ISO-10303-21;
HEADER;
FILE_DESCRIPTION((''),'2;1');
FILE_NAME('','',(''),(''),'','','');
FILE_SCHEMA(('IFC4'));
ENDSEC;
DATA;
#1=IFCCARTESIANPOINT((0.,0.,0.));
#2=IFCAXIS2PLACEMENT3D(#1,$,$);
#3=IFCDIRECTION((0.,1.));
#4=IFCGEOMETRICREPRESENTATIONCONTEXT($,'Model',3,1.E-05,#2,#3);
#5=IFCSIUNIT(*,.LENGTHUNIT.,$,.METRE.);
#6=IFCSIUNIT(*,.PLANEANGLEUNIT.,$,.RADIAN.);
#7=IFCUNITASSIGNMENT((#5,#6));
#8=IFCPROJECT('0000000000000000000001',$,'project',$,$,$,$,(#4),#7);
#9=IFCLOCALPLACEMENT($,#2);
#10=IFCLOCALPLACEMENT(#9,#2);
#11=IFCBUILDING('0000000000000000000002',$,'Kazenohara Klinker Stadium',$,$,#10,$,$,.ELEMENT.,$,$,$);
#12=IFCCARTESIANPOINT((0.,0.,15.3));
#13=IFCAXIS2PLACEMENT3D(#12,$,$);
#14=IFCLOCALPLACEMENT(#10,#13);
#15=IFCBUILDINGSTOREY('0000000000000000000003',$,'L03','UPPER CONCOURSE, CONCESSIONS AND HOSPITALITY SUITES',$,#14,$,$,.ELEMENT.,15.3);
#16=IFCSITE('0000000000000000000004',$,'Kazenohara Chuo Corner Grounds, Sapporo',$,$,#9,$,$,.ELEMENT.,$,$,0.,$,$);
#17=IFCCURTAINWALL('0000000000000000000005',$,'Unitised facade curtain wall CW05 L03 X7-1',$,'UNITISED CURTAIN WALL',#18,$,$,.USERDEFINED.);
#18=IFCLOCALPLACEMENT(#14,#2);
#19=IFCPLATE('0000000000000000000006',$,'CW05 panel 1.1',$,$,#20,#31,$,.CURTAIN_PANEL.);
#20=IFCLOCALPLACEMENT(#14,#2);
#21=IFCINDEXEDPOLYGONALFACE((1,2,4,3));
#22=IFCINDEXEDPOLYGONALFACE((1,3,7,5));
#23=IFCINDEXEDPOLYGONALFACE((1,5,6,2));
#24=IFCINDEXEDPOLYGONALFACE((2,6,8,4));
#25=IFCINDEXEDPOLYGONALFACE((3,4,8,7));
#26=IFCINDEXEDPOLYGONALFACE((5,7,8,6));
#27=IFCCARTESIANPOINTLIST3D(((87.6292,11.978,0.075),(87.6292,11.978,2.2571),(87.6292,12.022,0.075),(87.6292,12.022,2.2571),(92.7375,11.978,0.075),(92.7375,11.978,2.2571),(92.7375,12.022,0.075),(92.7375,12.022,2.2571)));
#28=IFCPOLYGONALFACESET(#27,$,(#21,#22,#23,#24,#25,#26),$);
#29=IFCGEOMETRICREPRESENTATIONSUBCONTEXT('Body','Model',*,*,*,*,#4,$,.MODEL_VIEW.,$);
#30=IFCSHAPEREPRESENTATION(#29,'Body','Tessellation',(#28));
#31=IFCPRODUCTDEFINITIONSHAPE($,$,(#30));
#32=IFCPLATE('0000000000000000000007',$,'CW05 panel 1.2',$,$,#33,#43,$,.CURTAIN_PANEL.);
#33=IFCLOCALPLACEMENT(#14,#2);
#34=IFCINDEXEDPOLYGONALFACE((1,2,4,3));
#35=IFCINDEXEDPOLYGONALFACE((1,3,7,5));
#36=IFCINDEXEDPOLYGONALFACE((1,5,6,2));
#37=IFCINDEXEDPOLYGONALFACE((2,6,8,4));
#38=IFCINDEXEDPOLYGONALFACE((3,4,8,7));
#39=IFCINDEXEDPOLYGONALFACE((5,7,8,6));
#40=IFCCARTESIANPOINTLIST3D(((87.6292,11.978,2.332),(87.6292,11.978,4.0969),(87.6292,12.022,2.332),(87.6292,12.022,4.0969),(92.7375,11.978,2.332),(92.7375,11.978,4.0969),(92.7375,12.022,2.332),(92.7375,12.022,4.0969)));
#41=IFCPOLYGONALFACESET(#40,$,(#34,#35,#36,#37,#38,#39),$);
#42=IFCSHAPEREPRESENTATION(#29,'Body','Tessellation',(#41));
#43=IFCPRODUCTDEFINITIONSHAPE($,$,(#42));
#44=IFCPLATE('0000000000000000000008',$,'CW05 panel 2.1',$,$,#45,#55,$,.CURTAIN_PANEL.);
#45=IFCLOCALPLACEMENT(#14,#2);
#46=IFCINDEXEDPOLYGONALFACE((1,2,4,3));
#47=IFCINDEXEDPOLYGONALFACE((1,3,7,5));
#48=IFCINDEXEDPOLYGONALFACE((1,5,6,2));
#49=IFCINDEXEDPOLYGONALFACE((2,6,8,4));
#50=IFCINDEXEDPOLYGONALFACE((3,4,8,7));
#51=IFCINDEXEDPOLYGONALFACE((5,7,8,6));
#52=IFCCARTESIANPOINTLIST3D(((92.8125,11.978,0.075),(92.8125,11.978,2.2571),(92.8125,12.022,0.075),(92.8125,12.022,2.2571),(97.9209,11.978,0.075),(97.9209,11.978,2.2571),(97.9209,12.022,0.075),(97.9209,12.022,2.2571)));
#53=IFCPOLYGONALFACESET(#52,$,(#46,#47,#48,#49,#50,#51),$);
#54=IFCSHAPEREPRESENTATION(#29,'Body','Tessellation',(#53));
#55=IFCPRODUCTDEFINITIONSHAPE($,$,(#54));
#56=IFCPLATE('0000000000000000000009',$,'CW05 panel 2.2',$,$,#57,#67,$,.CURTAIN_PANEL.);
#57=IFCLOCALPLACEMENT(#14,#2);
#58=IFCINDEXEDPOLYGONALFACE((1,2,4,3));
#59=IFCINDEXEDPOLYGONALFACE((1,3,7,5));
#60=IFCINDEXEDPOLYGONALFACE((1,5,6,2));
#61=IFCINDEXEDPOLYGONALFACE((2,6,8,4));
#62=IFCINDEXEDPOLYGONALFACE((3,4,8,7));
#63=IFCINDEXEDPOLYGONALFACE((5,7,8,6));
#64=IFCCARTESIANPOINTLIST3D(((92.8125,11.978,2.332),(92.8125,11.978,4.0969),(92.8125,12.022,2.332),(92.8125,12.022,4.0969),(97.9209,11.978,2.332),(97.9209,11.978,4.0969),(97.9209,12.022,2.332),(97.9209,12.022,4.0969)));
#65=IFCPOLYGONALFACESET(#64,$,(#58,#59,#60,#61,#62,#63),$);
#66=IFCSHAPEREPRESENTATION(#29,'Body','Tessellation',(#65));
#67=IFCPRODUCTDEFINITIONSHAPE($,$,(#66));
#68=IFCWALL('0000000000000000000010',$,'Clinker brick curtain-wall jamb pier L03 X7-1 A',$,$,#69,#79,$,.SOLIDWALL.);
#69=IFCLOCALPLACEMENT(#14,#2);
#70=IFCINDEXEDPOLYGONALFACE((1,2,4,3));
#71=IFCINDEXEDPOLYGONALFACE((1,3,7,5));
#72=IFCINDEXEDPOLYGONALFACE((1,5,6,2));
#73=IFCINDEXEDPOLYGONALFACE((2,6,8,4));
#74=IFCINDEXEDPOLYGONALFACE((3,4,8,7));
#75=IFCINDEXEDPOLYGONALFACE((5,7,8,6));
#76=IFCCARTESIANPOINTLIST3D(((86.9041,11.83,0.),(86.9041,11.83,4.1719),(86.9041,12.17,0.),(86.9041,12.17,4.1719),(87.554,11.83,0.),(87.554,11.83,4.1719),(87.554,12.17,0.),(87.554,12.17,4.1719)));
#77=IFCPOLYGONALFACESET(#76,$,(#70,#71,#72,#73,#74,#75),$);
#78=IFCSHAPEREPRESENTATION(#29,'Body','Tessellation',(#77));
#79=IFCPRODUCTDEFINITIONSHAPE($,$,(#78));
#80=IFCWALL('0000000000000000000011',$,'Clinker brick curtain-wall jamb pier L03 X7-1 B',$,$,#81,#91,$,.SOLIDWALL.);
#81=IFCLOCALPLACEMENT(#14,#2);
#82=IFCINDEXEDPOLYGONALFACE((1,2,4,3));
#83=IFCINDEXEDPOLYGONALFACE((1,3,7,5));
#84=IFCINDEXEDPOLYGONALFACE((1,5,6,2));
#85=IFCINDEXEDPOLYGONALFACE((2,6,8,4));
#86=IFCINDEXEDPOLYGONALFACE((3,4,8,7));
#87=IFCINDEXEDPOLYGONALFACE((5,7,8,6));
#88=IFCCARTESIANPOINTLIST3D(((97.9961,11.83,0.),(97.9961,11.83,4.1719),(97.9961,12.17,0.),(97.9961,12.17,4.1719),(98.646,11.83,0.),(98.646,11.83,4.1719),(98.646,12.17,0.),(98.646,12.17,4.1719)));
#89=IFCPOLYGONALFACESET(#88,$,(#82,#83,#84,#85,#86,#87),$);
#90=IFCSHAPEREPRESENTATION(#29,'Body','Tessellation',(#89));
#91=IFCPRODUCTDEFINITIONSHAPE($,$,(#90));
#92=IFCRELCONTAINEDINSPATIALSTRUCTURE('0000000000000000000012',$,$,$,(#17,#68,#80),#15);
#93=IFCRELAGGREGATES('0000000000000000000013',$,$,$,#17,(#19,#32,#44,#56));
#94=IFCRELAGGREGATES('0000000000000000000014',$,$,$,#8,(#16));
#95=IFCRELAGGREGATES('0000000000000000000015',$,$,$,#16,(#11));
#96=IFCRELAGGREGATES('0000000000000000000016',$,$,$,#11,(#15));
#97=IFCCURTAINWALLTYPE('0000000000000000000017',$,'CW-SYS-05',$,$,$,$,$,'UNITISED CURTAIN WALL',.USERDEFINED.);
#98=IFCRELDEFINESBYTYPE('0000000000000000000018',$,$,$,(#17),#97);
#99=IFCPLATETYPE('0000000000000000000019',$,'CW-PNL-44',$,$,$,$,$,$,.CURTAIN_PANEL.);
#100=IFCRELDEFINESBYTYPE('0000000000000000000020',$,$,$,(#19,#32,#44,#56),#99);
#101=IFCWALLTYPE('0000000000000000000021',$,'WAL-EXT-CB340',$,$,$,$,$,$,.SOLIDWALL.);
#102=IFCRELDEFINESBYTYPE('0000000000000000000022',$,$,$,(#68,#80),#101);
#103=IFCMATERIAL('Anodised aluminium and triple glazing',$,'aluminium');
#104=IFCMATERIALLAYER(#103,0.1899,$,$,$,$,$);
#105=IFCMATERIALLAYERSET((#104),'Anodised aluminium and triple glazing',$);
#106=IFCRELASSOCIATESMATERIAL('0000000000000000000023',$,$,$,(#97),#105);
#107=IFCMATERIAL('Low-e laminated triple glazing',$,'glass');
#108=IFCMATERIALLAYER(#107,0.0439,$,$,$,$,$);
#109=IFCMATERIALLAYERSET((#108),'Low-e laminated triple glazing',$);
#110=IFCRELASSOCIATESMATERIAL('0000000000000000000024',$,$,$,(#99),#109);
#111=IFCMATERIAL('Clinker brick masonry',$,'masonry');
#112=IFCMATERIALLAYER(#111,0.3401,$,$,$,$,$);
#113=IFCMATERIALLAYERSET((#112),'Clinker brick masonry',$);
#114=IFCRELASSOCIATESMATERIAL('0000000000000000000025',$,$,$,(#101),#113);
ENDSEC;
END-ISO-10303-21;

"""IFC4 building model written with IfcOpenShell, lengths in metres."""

from ifc_helpers import new_model, si_unit, direction, frame, frame_2d, origin, origin_2d, place, context, subcontext, project, spatial, rectangle, extrude, material, layer, layer_set, type_object, element, aggregate, save


model = new_model("IFC4")

# Units and contexts
model_context = context("Model", 3, precision=1e-05, world=origin(), true_north=direction((0.0, 1.0)))
body_context = subcontext(model_context, "Body", "Model", "MODEL_VIEW")
ifc_project = project(units=[si_unit("LENGTHUNIT", "METRE"), si_unit("PLANEANGLEUNIT", "RADIAN")], contexts=[model_context])

# Site, building, storey
site_placement = place(None, origin())
site = spatial("IfcSite", under=ifc_project, at=site_placement, Name="Kazenohara Chuo Corner Grounds, Sapporo", CompositionType="ELEMENT", RefElevation=0.0)
building_placement = place(site_placement, origin())
building = spatial("IfcBuilding", under=site, at=building_placement, Name="Kazenohara Klinker Stadium", CompositionType="ELEMENT")
storey_placement = place(building_placement, frame((0.0, 0.0, 15.3)))
storey = spatial("IfcBuildingStorey", under=building, at=storey_placement, Name="L03", Description="UPPER CONCOURSE, CONCESSIONS AND HOSPITALITY SUITES", CompositionType="ELEMENT", Elevation=15.3)

# Curtain wall, plates
ifc_material_1 = material(Name="Anodised aluminium and triple glazing", Category="aluminium")
ifc_layer_1 = layer(ifc_material_1, 0.1899)
ifc_layer_set_1 = layer_set([ifc_layer_1], Name="Anodised aluminium and triple glazing")
curtain_wall_type = type_object("IfcCurtainWallType", Name="CW-SYS-05", ElementType="UNITISED CURTAIN WALL", PredefinedType="USERDEFINED", material=ifc_layer_set_1)
curtain_wall_placement = place(storey_placement, origin())
curtain_wall = element("IfcCurtainWall", 1, at=curtain_wall_placement, inside=storey, type_object=curtain_wall_type, Name="Unitised facade curtain wall CW05 L03 X7-1", ObjectType="UNITISED CURTAIN WALL", PredefinedType="USERDEFINED")
ifc_material_2 = material(Name="Low-e laminated triple glazing", Category="glass")
ifc_layer_2 = layer(ifc_material_2, 0.0439)
ifc_layer_set_2 = layer_set([ifc_layer_2], Name="Low-e laminated triple glazing")
plate_type = type_object("IfcPlateType", Name="CW-PNL-44", PredefinedType="CURTAIN_PANEL", material=ifc_layer_set_2)
plate_1_placement = place(storey_placement, frame((90.1833, 12.0, 0.075), z_axis=(0.0, 0.0, 1.0), x_axis=(1.0, 0.0, 0.0)))
plate_1 = element("IfcPlate", 2, at=plate_1_placement, type_object=plate_type, Name="CW05 panel 1.1", PredefinedType="CURTAIN_PANEL", context=body_context, shape_type="SweptSolid", body=[
    extrude(rectangle(XDim=5.1084, YDim=0.0439, at=origin_2d()), origin(), (0.0, 0.0, 1.0), 2.1821),
])
plate_2_placement = place(storey_placement, frame((90.1833, 12.0, 2.332), z_axis=(0.0, 0.0, 1.0), x_axis=(1.0, 0.0, 0.0)))
plate_2 = element("IfcPlate", 3, at=plate_2_placement, type_object=plate_type, Name="CW05 panel 1.2", PredefinedType="CURTAIN_PANEL", context=body_context, shape_type="SweptSolid", body=[
    extrude(rectangle(XDim=5.1084, YDim=0.0439, at=origin_2d()), origin(), (0.0, 0.0, 1.0), 1.7649),
])
plate_3_placement = place(storey_placement, frame((95.3667, 12.0, 0.075), z_axis=(0.0, 0.0, 1.0), x_axis=(1.0, 0.0, 0.0)))
plate_3 = element("IfcPlate", 4, at=plate_3_placement, type_object=plate_type, Name="CW05 panel 2.1", PredefinedType="CURTAIN_PANEL", context=body_context, shape_type="SweptSolid", body=[
    extrude(rectangle(XDim=5.1084, YDim=0.0439, at=origin_2d()), origin(), (0.0, 0.0, 1.0), 2.1821),
])
plate_4_placement = place(storey_placement, frame((95.3667, 12.0, 2.332), z_axis=(0.0, 0.0, 1.0), x_axis=(1.0, 0.0, 0.0)))
plate_4 = element("IfcPlate", 5, at=plate_4_placement, type_object=plate_type, Name="CW05 panel 2.2", PredefinedType="CURTAIN_PANEL", context=body_context, shape_type="SweptSolid", body=[
    extrude(rectangle(XDim=5.1084, YDim=0.0439, at=origin_2d()), origin(), (0.0, 0.0, 1.0), 1.7649),
])
aggregate(curtain_wall, [plate_1, plate_2, plate_3, plate_4])

# Walls
ifc_material_3 = material(Name="Clinker brick masonry", Category="masonry")
ifc_layer_3 = layer(ifc_material_3, 0.3401)
ifc_layer_set_3 = layer_set([ifc_layer_3], Name="Clinker brick masonry")
wall_type = type_object("IfcWallType", Name="WAL-EXT-CB340", PredefinedType="SOLIDWALL", material=ifc_layer_set_3)
for number, where, z_axis, x_axis, name in (
    (6, (86.9041, 12.0, 0.0), (0.0, 0.0, 1.0), (1.0, 0.0, 0.0), "Clinker brick curtain-wall jamb pier L03 X7-1 A"),
    (7, (97.9961, 12.0, 0.0), (0.0, 0.0, 1.0), (1.0, 0.0, 0.0), "Clinker brick curtain-wall jamb pier L03 X7-1 B"),
):
    element("IfcWall", number, at=place(storey_placement, frame(where, z_axis=z_axis, x_axis=x_axis)), inside=storey, type_object=wall_type, Name=name, PredefinedType="SOLIDWALL", context=body_context, shape_type="SweptSolid", body=[
        extrude(rectangle(XDim=0.6499, YDim=0.3401, at=frame_2d((0.325, 0.0))), origin(), (0.0, 0.0, 1.0), 4.1719),
    ])

save(model, "model.ifc")
